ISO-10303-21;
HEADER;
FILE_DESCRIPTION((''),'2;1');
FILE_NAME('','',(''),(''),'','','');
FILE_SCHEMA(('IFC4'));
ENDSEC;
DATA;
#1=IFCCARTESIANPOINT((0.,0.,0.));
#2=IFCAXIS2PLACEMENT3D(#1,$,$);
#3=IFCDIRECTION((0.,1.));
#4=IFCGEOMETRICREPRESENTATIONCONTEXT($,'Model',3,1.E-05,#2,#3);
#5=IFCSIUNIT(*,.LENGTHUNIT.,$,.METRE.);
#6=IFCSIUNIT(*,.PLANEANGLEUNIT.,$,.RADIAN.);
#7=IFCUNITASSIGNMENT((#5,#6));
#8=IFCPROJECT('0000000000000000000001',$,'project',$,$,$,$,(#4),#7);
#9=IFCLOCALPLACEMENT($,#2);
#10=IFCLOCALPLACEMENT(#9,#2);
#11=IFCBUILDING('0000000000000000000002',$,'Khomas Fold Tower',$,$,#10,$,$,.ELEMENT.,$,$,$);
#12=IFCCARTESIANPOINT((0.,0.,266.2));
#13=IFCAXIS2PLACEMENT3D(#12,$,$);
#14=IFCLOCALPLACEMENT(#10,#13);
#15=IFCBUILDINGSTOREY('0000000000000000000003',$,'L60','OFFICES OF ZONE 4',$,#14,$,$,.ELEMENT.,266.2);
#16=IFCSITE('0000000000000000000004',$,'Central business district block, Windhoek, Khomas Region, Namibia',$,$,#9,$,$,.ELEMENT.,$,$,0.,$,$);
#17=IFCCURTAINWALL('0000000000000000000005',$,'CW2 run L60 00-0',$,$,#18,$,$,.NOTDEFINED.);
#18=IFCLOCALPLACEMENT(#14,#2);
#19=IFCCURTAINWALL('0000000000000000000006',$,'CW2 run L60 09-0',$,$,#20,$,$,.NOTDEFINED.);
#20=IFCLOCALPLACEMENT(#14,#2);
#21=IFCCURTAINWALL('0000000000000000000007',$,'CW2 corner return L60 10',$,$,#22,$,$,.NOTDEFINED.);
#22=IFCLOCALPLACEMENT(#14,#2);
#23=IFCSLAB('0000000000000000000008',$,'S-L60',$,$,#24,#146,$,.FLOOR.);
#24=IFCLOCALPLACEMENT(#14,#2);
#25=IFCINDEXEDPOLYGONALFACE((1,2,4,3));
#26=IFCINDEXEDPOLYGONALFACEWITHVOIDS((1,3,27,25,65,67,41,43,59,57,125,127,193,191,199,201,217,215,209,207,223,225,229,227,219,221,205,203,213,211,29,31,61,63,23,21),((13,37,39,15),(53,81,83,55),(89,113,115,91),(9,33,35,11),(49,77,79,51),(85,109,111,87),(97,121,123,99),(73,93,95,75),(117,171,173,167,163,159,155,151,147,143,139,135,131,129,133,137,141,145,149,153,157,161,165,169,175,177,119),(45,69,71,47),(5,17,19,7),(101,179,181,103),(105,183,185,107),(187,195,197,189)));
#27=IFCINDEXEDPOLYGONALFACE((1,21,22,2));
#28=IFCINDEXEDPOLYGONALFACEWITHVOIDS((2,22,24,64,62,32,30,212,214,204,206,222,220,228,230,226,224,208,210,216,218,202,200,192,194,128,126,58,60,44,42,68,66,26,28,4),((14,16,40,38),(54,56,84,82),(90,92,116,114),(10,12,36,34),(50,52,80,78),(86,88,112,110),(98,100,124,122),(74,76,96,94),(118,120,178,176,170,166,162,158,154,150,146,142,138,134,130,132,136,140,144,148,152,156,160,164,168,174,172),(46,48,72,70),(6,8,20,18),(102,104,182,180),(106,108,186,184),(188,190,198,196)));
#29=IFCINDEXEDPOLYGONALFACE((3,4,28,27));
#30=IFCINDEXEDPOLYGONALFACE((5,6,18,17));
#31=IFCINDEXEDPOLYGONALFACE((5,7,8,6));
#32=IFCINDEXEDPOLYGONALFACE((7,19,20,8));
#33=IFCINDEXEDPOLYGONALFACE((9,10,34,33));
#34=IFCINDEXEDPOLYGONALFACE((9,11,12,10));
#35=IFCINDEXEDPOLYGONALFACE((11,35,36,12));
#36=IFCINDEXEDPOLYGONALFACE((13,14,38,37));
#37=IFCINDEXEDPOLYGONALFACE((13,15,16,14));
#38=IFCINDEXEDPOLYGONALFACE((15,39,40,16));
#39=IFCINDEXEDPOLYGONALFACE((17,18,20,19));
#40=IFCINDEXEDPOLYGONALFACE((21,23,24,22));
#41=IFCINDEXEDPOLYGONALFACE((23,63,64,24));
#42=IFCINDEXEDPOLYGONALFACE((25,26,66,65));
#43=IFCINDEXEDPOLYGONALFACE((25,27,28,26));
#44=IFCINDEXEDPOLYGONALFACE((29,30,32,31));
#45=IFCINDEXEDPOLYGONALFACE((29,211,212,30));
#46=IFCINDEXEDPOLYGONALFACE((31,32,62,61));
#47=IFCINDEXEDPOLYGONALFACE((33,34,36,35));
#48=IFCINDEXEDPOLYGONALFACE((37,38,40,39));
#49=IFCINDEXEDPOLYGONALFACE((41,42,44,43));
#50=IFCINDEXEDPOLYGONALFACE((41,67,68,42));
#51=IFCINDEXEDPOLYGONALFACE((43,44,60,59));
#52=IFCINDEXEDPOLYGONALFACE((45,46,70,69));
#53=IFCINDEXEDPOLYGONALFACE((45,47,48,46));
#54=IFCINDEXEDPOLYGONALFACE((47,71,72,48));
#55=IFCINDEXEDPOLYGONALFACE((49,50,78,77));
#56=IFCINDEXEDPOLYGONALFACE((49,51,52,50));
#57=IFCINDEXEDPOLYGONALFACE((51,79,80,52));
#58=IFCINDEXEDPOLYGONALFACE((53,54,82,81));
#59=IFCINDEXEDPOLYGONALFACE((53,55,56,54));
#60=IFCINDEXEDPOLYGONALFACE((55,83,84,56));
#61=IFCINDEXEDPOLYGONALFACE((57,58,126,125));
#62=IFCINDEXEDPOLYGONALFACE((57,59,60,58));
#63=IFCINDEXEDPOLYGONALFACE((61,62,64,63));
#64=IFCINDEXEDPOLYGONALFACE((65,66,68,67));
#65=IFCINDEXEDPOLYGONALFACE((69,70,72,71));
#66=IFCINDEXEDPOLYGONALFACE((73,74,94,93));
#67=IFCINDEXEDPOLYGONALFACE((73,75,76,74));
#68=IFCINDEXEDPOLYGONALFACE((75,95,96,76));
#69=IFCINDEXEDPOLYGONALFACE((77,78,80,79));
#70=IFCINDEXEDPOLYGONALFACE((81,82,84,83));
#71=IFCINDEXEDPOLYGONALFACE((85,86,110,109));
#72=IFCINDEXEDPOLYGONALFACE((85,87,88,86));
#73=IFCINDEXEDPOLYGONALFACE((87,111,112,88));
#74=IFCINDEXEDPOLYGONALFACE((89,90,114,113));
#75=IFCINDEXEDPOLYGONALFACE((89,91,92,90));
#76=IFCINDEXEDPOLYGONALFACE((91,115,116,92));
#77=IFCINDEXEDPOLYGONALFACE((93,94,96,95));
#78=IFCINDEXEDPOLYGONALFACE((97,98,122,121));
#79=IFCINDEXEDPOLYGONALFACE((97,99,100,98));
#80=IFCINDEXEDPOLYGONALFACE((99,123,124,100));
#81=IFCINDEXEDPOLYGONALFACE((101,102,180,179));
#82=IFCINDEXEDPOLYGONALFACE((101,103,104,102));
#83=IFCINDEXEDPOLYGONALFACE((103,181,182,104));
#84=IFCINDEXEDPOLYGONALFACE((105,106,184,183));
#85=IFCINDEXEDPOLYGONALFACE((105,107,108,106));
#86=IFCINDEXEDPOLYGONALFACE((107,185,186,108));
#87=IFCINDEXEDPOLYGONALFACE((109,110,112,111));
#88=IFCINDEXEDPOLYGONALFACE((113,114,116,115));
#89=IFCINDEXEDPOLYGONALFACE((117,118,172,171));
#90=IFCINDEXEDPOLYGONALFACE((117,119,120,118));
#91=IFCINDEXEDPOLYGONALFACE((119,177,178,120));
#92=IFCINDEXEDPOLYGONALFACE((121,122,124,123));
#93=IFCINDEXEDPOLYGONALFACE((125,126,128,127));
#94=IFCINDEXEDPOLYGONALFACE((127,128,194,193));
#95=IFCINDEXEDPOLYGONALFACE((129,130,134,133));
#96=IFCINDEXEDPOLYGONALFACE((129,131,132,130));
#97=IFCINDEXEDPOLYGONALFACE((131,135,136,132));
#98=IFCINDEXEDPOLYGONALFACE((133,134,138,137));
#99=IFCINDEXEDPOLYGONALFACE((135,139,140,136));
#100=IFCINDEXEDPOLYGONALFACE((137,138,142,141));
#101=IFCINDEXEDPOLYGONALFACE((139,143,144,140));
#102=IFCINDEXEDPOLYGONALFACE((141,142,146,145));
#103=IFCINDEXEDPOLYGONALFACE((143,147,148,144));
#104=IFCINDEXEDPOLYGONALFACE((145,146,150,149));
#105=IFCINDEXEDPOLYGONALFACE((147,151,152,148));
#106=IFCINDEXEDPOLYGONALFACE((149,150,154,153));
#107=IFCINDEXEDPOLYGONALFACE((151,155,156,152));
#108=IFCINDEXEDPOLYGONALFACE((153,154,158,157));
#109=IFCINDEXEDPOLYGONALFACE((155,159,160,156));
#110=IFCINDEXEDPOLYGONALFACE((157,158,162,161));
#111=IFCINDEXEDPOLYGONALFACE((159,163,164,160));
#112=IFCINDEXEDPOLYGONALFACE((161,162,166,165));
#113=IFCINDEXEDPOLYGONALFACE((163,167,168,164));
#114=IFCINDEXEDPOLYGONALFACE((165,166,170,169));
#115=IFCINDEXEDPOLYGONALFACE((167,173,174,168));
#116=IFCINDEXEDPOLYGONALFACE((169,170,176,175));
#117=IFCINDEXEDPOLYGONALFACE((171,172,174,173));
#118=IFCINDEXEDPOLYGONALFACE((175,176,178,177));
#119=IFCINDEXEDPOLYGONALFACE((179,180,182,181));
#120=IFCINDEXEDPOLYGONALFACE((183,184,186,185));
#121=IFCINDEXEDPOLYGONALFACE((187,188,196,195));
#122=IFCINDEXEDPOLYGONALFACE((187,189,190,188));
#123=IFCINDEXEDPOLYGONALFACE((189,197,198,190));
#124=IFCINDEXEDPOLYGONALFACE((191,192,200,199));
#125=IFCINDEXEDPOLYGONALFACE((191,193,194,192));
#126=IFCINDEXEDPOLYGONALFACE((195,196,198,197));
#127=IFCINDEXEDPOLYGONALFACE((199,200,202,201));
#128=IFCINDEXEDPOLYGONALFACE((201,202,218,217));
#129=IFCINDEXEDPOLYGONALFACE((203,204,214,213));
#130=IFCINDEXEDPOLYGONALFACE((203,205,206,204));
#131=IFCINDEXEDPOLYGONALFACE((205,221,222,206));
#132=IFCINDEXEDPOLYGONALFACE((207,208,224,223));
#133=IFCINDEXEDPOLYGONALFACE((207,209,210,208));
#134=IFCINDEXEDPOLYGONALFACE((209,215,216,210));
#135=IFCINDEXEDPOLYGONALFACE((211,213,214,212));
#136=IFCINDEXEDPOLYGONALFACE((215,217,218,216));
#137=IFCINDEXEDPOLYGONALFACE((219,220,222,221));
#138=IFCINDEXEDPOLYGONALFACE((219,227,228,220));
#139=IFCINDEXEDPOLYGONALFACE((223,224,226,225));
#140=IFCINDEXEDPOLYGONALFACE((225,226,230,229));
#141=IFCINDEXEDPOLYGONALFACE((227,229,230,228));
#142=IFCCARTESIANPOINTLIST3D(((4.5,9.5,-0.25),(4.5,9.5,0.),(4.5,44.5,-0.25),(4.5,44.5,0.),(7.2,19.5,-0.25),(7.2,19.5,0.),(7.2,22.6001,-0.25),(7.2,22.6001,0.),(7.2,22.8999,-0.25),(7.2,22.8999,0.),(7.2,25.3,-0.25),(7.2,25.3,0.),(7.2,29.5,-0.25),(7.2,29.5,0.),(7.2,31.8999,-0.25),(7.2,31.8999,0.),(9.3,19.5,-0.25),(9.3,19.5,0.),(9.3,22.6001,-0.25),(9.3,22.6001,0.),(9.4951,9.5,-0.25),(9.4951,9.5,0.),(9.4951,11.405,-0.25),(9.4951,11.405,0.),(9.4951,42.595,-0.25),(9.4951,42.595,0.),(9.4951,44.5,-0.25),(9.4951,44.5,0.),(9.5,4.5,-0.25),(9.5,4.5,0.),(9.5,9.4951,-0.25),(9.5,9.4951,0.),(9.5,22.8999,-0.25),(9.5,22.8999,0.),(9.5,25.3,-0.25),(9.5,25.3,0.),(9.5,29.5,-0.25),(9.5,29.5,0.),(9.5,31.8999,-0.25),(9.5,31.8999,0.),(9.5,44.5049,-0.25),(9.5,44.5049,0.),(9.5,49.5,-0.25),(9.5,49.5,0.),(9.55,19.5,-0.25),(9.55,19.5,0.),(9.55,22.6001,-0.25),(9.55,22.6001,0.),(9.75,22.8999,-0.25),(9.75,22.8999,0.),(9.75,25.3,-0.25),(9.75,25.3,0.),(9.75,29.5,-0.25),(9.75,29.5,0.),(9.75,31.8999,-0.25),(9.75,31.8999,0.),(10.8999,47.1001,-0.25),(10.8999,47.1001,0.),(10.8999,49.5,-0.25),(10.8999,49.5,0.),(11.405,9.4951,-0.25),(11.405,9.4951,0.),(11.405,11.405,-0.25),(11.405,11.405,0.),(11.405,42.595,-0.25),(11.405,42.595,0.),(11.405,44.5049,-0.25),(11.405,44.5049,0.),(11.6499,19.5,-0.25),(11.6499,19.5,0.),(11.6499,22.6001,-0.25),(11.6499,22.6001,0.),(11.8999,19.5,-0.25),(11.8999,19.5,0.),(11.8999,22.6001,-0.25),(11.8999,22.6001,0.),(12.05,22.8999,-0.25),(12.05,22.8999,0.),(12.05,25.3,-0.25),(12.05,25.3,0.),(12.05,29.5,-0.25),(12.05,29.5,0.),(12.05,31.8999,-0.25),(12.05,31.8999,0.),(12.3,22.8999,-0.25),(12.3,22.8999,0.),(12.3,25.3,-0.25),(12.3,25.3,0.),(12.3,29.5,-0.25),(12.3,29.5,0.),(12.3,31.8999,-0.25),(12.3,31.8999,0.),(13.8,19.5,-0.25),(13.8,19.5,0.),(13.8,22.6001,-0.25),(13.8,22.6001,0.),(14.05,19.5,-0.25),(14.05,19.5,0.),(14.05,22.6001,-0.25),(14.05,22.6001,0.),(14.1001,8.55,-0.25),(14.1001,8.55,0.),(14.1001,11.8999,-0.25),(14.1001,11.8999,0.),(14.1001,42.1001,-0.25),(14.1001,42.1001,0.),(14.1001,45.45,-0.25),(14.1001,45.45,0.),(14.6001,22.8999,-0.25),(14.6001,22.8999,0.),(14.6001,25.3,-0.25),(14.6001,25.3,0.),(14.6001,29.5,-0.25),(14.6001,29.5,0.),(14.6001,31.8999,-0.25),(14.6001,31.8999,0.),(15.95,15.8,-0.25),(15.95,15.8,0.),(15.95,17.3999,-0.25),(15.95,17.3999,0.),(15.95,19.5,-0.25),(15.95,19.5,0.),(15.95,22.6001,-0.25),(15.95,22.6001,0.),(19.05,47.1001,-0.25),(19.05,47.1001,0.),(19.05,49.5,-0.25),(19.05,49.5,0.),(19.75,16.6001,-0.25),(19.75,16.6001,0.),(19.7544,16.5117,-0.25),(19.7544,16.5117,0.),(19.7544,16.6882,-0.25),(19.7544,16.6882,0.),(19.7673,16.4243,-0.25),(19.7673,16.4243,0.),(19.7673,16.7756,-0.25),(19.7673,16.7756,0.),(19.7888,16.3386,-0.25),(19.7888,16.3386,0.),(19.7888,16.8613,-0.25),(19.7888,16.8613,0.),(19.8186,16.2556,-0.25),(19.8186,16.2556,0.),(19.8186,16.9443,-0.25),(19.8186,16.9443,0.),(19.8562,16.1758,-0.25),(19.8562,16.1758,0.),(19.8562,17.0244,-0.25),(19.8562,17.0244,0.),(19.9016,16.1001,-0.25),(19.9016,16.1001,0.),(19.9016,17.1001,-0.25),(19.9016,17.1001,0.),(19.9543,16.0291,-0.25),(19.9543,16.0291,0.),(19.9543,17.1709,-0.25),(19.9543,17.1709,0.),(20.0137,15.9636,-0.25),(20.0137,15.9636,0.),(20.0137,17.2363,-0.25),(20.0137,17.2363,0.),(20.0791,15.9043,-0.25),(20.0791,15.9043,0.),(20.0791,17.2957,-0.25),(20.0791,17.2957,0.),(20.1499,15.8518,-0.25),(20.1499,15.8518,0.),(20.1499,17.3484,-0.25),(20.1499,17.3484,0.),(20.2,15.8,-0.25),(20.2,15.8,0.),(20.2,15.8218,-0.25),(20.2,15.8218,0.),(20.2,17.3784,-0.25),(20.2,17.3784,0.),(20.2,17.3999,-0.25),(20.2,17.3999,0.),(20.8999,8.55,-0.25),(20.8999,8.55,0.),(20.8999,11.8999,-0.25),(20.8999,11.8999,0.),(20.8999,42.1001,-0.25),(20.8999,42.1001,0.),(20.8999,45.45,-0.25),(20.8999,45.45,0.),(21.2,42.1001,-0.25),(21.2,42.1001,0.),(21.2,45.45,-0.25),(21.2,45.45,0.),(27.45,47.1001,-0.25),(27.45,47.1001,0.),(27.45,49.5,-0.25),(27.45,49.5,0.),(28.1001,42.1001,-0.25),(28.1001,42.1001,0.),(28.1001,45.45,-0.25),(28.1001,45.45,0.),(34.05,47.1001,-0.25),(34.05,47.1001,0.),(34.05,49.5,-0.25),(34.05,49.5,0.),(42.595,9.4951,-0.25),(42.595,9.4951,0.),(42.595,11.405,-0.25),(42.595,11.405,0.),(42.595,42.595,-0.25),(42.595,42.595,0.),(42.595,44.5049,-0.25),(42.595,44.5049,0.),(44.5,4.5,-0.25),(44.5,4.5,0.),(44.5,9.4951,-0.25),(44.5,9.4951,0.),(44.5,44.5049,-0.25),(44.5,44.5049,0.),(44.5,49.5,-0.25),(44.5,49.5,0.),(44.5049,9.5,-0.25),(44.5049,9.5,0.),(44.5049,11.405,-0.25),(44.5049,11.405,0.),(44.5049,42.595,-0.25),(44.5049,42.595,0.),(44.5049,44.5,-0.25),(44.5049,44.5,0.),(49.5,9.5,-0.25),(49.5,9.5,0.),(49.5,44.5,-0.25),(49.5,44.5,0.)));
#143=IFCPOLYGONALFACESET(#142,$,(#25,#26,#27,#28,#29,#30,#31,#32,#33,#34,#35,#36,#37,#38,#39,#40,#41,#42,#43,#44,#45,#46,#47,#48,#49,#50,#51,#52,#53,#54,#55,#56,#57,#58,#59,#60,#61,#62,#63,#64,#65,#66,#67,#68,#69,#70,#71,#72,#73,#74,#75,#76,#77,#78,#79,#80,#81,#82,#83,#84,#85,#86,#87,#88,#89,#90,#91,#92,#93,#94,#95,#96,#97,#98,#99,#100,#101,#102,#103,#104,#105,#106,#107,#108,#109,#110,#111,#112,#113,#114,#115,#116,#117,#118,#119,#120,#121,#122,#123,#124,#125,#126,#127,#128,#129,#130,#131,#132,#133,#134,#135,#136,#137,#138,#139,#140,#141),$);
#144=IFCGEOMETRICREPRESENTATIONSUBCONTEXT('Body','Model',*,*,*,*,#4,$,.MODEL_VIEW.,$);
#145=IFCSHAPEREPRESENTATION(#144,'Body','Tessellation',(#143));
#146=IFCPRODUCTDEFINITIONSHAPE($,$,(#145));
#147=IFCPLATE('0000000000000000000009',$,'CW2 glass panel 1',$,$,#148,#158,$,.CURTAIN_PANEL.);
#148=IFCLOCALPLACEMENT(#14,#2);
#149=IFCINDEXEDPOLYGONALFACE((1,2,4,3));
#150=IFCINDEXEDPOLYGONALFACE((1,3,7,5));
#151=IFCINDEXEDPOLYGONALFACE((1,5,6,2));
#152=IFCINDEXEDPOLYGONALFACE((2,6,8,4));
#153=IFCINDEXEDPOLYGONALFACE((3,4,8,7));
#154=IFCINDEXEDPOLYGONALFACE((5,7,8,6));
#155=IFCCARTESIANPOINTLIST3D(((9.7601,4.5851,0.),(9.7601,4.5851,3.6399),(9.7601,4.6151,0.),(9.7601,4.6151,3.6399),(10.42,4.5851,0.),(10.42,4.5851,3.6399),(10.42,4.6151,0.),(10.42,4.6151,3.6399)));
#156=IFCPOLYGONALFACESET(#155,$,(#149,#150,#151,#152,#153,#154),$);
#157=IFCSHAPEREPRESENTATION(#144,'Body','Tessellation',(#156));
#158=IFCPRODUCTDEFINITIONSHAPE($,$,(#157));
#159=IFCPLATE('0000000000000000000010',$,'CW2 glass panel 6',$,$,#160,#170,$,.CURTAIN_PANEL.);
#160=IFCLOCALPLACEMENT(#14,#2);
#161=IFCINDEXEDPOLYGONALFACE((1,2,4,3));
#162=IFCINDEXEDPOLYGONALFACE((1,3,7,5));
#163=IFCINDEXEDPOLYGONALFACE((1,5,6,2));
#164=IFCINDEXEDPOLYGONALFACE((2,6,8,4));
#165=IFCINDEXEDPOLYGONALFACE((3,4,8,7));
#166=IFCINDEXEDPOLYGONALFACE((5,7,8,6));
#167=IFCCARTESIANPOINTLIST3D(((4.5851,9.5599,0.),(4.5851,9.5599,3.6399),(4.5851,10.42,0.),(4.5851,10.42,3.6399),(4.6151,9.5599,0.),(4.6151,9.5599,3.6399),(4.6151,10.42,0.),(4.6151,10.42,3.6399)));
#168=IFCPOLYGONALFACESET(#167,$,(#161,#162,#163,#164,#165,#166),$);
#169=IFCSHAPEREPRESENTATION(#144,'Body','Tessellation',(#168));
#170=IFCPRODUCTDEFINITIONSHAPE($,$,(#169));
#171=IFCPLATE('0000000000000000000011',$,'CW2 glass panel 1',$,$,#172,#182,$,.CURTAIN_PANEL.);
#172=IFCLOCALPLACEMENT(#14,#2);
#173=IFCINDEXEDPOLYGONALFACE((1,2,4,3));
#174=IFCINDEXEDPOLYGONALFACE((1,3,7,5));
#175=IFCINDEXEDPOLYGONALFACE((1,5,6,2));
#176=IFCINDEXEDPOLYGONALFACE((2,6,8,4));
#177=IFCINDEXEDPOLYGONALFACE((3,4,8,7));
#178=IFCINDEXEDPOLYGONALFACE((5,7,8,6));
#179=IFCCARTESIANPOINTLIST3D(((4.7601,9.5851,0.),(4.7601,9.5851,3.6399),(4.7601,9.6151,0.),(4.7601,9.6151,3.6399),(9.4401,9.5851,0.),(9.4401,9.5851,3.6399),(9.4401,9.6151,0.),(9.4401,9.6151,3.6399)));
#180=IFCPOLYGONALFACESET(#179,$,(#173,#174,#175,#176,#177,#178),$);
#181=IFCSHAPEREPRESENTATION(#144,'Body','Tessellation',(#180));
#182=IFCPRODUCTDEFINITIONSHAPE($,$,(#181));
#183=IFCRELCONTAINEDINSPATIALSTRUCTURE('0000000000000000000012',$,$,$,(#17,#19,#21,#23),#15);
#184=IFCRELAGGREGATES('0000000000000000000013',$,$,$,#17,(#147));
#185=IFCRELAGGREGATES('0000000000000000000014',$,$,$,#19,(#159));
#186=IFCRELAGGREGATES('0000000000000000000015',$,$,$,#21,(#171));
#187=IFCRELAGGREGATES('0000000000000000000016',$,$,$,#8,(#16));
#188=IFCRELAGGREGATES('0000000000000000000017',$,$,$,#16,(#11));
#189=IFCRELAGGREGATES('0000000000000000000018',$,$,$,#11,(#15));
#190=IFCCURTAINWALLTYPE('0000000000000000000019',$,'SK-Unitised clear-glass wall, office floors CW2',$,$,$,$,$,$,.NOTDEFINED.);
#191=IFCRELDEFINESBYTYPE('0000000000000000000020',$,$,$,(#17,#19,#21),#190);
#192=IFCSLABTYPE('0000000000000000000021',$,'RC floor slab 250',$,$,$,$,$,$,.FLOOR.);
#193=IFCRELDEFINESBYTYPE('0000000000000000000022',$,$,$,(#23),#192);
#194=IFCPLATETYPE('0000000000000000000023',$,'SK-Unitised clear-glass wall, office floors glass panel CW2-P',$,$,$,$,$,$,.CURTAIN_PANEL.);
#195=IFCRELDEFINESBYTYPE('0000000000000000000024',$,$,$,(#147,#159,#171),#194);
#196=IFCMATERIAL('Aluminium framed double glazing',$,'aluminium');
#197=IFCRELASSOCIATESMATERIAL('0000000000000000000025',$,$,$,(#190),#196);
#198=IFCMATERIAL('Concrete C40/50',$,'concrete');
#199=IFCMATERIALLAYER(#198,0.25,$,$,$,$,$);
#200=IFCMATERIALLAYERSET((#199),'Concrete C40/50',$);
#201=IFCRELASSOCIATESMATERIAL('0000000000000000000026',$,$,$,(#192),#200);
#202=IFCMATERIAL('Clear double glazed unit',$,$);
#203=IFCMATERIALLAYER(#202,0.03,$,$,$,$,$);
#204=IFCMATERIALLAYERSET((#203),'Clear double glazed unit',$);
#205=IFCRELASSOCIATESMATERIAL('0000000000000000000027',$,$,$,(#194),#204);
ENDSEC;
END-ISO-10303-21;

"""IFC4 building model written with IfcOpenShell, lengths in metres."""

from ifc_helpers import new_model, si_unit, direction, frame, origin, origin_2d, place, context, subcontext, project, spatial, polyline, rectangle, outline, extrude, source, transform, mapped, material, layer, layer_set, type_object, element, aggregate, save


model = new_model("IFC4")

# Units and contexts
model_context = context("Model", 3, precision=1e-05, world=origin(), true_north=direction((0.0, 1.0)))
body_context = subcontext(model_context, "Body", "Model", "MODEL_VIEW")
ifc_project = project(units=[si_unit("LENGTHUNIT", "METRE"), si_unit("PLANEANGLEUNIT", "RADIAN")], contexts=[model_context])

# Site, building, storey
site_placement = place(None, origin())
site = spatial("IfcSite", under=ifc_project, at=site_placement, Name="Central business district block, Windhoek, Khomas Region, Namibia", CompositionType="ELEMENT", RefElevation=0.0)
building_placement = place(site_placement, origin())
building = spatial("IfcBuilding", under=site, at=building_placement, Name="Khomas Fold Tower", CompositionType="ELEMENT")
storey_placement = place(building_placement, frame((0.0, 0.0, 266.2)))
storey = spatial("IfcBuildingStorey", under=building, at=storey_placement, Name="L60", Description="OFFICES OF ZONE 4", CompositionType="ELEMENT", Elevation=266.2)

# Curtain walls
ifc_material_1 = material(Name="Aluminium framed double glazing", Category="aluminium")
curtain_wall_type = type_object("IfcCurtainWallType", Name="SK-Unitised clear-glass wall, office floors CW2", PredefinedType="NOTDEFINED", material=ifc_material_1)
curtain_wall_1_placement = place(storey_placement, origin())
curtain_wall_1 = element("IfcCurtainWall", 1, at=curtain_wall_1_placement, inside=storey, type_object=curtain_wall_type, Name="CW2 run L60 00-0", PredefinedType="NOTDEFINED")
curtain_wall_2_placement = place(storey_placement, origin())
curtain_wall_2 = element("IfcCurtainWall", 2, at=curtain_wall_2_placement, inside=storey, type_object=curtain_wall_type, Name="CW2 run L60 09-0", PredefinedType="NOTDEFINED")

# Curtain wall
curtain_wall_3_placement = place(storey_placement, origin())
curtain_wall_3 = element("IfcCurtainWall", 3, at=curtain_wall_3_placement, inside=storey, type_object=curtain_wall_type, Name="CW2 corner return L60 10", PredefinedType="NOTDEFINED")

# Slab
ifc_material_2 = material(Name="Concrete C40/50", Category="concrete")
ifc_layer_1 = layer(ifc_material_2, 0.25)
ifc_layer_set_1 = layer_set([ifc_layer_1], Name="Concrete C40/50")
slab_type_1 = type_object("IfcSlabType", Name="RC floor slab 250", PredefinedType="FLOOR", material=ifc_layer_set_1)
shared_shape_1 = source(origin(), body_context, "Body", "SweptSolid", [
    extrude(outline(polyline([(4.5, 9.5), (9.4951, 9.5), (9.4951, 11.405), (11.405, 11.405), (11.405, 9.4951), (9.5, 9.4951), (9.5, 4.5), (44.5, 4.5), (44.5, 9.4951), (42.595, 9.4951), (42.595, 11.405), (44.5049, 11.405), (44.5049, 9.5), (49.5, 9.5), (49.5, 44.5), (44.5049, 44.5), (44.5049, 42.595), (42.595, 42.595), (42.595, 44.5049), (44.5, 44.5049), (44.5, 49.5), (34.05, 49.5), (34.05, 47.1001), (27.45, 47.1001), (27.45, 49.5), (19.05, 49.5), (19.05, 47.1001), (10.8999, 47.1001), (10.8999, 49.5), (9.5, 49.5), (9.5, 44.5049), (11.405, 44.5049), (11.405, 42.595), (9.4951, 42.595), (9.4951, 44.5), (4.5, 44.5), (4.5, 9.5)]), holes=[polyline([(7.2, 19.5), (7.2, 22.6001), (9.3, 22.6001), (9.3, 19.5), (7.2, 19.5)]), polyline([(7.2, 22.8999), (7.2, 25.3), (9.5, 25.3), (9.5, 22.8999), (7.2, 22.8999)]), polyline([(7.2, 29.5), (7.2, 31.8999), (9.5, 31.8999), (9.5, 29.5), (7.2, 29.5)]), polyline([(9.55, 19.5), (9.55, 22.6001), (11.6499, 22.6001), (11.6499, 19.5), (9.55, 19.5)]), polyline([(9.75, 22.8999), (9.75, 25.3), (12.05, 25.3), (12.05, 22.8999), (9.75, 22.8999)]), polyline([(9.75, 29.5), (9.75, 31.8999), (12.05, 31.8999), (12.05, 29.5), (9.75, 29.5)]), polyline([(11.8999, 19.5), (11.8999, 22.6001), (13.8, 22.6001), (13.8, 19.5), (11.8999, 19.5)]), polyline([(12.3, 22.8999), (12.3, 25.3), (14.6001, 25.3), (14.6001, 22.8999), (12.3, 22.8999)]), polyline([(12.3, 29.5), (12.3, 31.8999), (14.6001, 31.8999), (14.6001, 29.5), (12.3, 29.5)]), polyline([(14.05, 19.5), (14.05, 22.6001), (15.95, 22.6001), (15.95, 19.5), (14.05, 19.5)]), polyline([(14.1001, 8.55), (14.1001, 11.8999), (20.8999, 11.8999), (20.8999, 8.55), (14.1001, 8.55)]), polyline([(14.1001, 42.1001), (14.1001, 45.45), (20.8999, 45.45), (20.8999, 42.1001), (14.1001, 42.1001)]), polyline([(15.95, 15.8), (15.95, 17.3999), (20.2, 17.3999), (20.2, 17.3784), (20.1499, 17.3484), (20.0791, 17.2957), (20.0137, 17.2363), (19.9543, 17.1709), (19.9016, 17.1001), (19.8562, 17.0244), (19.8186, 16.9443), (19.7888, 16.8613), (19.7673, 16.7756), (19.7544, 16.6882), (19.75, 16.6001), (19.7544, 16.5117), (19.7673, 16.4243), (19.7888, 16.3386), (19.8186, 16.2556), (19.8562, 16.1758), (19.9016, 16.1001), (19.9543, 16.0291), (20.0137, 15.9636), (20.0791, 15.9043), (20.1499, 15.8518), (20.2, 15.8218), (20.2, 15.8), (15.95, 15.8)]), polyline([(21.2, 42.1001), (21.2, 45.45), (28.1001, 45.45), (28.1001, 42.1001), (21.2, 42.1001)])]), origin(), (0.0, 0.0, 1.0), 0.25),
])
slab_1_placement = place(storey_placement, frame((0.0, 0.0, -0.25)))
element("IfcSlab", 4, at=slab_1_placement, inside=storey, type_object=slab_type_1, Name="S-L60", PredefinedType="FLOOR", context=body_context, shape_type="MappedRepresentation", body=[
    mapped(shared_shape_1, transform((0.0, 0.0, 0.0))),
])

# Plates
ifc_material_3 = material(Name="Clear double glazed unit")
ifc_layer_2 = layer(ifc_material_3, 0.03)
ifc_layer_set_2 = layer_set([ifc_layer_2], Name="Clear double glazed unit")
plate_type_1 = type_object("IfcPlateType", Name="SK-Unitised clear-glass wall, office floors glass panel CW2-P", PredefinedType="CURTAIN_PANEL", material=ifc_layer_set_2)
shared_shape_2 = source(origin(), body_context, "Body", "SweptSolid", [
    extrude(rectangle(XDim=0.6599, YDim=0.03, at=origin_2d()), origin(), (0.0, 0.0, 1.0), 3.6399),
])
plate_1_placement = place(storey_placement, frame((10.0901, 4.6001, 0.0), z_axis=(0.0, 0.0, 1.0), x_axis=(1.0, 0.0, 0.0)))
plate_1 = element("IfcPlate", 5, at=plate_1_placement, type_object=plate_type_1, Name="CW2 glass panel 1", PredefinedType="CURTAIN_PANEL", context=body_context, shape_type="MappedRepresentation", body=[
    mapped(shared_shape_2, transform((0.0, 0.0, 0.0))),
])
aggregate(curtain_wall_1, [plate_1])
shared_shape_3 = source(origin(), body_context, "Body", "SweptSolid", [
    extrude(rectangle(XDim=0.8601, YDim=0.03, at=origin_2d()), origin(), (0.0, 0.0, 1.0), 3.6399),
])
plate_2_placement = place(storey_placement, frame((4.6001, 9.99, 0.0), z_axis=(0.0, 0.0, 1.0), x_axis=(0.0, -1.0, 0.0)))
plate_2 = element("IfcPlate", 6, at=plate_2_placement, type_object=plate_type_1, Name="CW2 glass panel 6", PredefinedType="CURTAIN_PANEL", context=body_context, shape_type="MappedRepresentation", body=[
    mapped(shared_shape_3, transform((0.0, 0.0, 0.0))),
])
aggregate(curtain_wall_2, [plate_2])
shared_shape_4 = source(origin(), body_context, "Body", "SweptSolid", [
    extrude(rectangle(XDim=4.6799, YDim=0.03, at=origin_2d()), origin(), (0.0, 0.0, 1.0), 3.6399),
])
plate_3_placement = place(storey_placement, frame((7.1001, 9.6001, 0.0), z_axis=(0.0, 0.0, 1.0), x_axis=(1.0, 0.0, 0.0)))
plate_3 = element("IfcPlate", 7, at=plate_3_placement, type_object=plate_type_1, Name="CW2 glass panel 1", PredefinedType="CURTAIN_PANEL", context=body_context, shape_type="MappedRepresentation", body=[
    mapped(shared_shape_4, transform((0.0, 0.0, 0.0))),
])
aggregate(curtain_wall_3, [plate_3])

save(model, "model.ifc")
